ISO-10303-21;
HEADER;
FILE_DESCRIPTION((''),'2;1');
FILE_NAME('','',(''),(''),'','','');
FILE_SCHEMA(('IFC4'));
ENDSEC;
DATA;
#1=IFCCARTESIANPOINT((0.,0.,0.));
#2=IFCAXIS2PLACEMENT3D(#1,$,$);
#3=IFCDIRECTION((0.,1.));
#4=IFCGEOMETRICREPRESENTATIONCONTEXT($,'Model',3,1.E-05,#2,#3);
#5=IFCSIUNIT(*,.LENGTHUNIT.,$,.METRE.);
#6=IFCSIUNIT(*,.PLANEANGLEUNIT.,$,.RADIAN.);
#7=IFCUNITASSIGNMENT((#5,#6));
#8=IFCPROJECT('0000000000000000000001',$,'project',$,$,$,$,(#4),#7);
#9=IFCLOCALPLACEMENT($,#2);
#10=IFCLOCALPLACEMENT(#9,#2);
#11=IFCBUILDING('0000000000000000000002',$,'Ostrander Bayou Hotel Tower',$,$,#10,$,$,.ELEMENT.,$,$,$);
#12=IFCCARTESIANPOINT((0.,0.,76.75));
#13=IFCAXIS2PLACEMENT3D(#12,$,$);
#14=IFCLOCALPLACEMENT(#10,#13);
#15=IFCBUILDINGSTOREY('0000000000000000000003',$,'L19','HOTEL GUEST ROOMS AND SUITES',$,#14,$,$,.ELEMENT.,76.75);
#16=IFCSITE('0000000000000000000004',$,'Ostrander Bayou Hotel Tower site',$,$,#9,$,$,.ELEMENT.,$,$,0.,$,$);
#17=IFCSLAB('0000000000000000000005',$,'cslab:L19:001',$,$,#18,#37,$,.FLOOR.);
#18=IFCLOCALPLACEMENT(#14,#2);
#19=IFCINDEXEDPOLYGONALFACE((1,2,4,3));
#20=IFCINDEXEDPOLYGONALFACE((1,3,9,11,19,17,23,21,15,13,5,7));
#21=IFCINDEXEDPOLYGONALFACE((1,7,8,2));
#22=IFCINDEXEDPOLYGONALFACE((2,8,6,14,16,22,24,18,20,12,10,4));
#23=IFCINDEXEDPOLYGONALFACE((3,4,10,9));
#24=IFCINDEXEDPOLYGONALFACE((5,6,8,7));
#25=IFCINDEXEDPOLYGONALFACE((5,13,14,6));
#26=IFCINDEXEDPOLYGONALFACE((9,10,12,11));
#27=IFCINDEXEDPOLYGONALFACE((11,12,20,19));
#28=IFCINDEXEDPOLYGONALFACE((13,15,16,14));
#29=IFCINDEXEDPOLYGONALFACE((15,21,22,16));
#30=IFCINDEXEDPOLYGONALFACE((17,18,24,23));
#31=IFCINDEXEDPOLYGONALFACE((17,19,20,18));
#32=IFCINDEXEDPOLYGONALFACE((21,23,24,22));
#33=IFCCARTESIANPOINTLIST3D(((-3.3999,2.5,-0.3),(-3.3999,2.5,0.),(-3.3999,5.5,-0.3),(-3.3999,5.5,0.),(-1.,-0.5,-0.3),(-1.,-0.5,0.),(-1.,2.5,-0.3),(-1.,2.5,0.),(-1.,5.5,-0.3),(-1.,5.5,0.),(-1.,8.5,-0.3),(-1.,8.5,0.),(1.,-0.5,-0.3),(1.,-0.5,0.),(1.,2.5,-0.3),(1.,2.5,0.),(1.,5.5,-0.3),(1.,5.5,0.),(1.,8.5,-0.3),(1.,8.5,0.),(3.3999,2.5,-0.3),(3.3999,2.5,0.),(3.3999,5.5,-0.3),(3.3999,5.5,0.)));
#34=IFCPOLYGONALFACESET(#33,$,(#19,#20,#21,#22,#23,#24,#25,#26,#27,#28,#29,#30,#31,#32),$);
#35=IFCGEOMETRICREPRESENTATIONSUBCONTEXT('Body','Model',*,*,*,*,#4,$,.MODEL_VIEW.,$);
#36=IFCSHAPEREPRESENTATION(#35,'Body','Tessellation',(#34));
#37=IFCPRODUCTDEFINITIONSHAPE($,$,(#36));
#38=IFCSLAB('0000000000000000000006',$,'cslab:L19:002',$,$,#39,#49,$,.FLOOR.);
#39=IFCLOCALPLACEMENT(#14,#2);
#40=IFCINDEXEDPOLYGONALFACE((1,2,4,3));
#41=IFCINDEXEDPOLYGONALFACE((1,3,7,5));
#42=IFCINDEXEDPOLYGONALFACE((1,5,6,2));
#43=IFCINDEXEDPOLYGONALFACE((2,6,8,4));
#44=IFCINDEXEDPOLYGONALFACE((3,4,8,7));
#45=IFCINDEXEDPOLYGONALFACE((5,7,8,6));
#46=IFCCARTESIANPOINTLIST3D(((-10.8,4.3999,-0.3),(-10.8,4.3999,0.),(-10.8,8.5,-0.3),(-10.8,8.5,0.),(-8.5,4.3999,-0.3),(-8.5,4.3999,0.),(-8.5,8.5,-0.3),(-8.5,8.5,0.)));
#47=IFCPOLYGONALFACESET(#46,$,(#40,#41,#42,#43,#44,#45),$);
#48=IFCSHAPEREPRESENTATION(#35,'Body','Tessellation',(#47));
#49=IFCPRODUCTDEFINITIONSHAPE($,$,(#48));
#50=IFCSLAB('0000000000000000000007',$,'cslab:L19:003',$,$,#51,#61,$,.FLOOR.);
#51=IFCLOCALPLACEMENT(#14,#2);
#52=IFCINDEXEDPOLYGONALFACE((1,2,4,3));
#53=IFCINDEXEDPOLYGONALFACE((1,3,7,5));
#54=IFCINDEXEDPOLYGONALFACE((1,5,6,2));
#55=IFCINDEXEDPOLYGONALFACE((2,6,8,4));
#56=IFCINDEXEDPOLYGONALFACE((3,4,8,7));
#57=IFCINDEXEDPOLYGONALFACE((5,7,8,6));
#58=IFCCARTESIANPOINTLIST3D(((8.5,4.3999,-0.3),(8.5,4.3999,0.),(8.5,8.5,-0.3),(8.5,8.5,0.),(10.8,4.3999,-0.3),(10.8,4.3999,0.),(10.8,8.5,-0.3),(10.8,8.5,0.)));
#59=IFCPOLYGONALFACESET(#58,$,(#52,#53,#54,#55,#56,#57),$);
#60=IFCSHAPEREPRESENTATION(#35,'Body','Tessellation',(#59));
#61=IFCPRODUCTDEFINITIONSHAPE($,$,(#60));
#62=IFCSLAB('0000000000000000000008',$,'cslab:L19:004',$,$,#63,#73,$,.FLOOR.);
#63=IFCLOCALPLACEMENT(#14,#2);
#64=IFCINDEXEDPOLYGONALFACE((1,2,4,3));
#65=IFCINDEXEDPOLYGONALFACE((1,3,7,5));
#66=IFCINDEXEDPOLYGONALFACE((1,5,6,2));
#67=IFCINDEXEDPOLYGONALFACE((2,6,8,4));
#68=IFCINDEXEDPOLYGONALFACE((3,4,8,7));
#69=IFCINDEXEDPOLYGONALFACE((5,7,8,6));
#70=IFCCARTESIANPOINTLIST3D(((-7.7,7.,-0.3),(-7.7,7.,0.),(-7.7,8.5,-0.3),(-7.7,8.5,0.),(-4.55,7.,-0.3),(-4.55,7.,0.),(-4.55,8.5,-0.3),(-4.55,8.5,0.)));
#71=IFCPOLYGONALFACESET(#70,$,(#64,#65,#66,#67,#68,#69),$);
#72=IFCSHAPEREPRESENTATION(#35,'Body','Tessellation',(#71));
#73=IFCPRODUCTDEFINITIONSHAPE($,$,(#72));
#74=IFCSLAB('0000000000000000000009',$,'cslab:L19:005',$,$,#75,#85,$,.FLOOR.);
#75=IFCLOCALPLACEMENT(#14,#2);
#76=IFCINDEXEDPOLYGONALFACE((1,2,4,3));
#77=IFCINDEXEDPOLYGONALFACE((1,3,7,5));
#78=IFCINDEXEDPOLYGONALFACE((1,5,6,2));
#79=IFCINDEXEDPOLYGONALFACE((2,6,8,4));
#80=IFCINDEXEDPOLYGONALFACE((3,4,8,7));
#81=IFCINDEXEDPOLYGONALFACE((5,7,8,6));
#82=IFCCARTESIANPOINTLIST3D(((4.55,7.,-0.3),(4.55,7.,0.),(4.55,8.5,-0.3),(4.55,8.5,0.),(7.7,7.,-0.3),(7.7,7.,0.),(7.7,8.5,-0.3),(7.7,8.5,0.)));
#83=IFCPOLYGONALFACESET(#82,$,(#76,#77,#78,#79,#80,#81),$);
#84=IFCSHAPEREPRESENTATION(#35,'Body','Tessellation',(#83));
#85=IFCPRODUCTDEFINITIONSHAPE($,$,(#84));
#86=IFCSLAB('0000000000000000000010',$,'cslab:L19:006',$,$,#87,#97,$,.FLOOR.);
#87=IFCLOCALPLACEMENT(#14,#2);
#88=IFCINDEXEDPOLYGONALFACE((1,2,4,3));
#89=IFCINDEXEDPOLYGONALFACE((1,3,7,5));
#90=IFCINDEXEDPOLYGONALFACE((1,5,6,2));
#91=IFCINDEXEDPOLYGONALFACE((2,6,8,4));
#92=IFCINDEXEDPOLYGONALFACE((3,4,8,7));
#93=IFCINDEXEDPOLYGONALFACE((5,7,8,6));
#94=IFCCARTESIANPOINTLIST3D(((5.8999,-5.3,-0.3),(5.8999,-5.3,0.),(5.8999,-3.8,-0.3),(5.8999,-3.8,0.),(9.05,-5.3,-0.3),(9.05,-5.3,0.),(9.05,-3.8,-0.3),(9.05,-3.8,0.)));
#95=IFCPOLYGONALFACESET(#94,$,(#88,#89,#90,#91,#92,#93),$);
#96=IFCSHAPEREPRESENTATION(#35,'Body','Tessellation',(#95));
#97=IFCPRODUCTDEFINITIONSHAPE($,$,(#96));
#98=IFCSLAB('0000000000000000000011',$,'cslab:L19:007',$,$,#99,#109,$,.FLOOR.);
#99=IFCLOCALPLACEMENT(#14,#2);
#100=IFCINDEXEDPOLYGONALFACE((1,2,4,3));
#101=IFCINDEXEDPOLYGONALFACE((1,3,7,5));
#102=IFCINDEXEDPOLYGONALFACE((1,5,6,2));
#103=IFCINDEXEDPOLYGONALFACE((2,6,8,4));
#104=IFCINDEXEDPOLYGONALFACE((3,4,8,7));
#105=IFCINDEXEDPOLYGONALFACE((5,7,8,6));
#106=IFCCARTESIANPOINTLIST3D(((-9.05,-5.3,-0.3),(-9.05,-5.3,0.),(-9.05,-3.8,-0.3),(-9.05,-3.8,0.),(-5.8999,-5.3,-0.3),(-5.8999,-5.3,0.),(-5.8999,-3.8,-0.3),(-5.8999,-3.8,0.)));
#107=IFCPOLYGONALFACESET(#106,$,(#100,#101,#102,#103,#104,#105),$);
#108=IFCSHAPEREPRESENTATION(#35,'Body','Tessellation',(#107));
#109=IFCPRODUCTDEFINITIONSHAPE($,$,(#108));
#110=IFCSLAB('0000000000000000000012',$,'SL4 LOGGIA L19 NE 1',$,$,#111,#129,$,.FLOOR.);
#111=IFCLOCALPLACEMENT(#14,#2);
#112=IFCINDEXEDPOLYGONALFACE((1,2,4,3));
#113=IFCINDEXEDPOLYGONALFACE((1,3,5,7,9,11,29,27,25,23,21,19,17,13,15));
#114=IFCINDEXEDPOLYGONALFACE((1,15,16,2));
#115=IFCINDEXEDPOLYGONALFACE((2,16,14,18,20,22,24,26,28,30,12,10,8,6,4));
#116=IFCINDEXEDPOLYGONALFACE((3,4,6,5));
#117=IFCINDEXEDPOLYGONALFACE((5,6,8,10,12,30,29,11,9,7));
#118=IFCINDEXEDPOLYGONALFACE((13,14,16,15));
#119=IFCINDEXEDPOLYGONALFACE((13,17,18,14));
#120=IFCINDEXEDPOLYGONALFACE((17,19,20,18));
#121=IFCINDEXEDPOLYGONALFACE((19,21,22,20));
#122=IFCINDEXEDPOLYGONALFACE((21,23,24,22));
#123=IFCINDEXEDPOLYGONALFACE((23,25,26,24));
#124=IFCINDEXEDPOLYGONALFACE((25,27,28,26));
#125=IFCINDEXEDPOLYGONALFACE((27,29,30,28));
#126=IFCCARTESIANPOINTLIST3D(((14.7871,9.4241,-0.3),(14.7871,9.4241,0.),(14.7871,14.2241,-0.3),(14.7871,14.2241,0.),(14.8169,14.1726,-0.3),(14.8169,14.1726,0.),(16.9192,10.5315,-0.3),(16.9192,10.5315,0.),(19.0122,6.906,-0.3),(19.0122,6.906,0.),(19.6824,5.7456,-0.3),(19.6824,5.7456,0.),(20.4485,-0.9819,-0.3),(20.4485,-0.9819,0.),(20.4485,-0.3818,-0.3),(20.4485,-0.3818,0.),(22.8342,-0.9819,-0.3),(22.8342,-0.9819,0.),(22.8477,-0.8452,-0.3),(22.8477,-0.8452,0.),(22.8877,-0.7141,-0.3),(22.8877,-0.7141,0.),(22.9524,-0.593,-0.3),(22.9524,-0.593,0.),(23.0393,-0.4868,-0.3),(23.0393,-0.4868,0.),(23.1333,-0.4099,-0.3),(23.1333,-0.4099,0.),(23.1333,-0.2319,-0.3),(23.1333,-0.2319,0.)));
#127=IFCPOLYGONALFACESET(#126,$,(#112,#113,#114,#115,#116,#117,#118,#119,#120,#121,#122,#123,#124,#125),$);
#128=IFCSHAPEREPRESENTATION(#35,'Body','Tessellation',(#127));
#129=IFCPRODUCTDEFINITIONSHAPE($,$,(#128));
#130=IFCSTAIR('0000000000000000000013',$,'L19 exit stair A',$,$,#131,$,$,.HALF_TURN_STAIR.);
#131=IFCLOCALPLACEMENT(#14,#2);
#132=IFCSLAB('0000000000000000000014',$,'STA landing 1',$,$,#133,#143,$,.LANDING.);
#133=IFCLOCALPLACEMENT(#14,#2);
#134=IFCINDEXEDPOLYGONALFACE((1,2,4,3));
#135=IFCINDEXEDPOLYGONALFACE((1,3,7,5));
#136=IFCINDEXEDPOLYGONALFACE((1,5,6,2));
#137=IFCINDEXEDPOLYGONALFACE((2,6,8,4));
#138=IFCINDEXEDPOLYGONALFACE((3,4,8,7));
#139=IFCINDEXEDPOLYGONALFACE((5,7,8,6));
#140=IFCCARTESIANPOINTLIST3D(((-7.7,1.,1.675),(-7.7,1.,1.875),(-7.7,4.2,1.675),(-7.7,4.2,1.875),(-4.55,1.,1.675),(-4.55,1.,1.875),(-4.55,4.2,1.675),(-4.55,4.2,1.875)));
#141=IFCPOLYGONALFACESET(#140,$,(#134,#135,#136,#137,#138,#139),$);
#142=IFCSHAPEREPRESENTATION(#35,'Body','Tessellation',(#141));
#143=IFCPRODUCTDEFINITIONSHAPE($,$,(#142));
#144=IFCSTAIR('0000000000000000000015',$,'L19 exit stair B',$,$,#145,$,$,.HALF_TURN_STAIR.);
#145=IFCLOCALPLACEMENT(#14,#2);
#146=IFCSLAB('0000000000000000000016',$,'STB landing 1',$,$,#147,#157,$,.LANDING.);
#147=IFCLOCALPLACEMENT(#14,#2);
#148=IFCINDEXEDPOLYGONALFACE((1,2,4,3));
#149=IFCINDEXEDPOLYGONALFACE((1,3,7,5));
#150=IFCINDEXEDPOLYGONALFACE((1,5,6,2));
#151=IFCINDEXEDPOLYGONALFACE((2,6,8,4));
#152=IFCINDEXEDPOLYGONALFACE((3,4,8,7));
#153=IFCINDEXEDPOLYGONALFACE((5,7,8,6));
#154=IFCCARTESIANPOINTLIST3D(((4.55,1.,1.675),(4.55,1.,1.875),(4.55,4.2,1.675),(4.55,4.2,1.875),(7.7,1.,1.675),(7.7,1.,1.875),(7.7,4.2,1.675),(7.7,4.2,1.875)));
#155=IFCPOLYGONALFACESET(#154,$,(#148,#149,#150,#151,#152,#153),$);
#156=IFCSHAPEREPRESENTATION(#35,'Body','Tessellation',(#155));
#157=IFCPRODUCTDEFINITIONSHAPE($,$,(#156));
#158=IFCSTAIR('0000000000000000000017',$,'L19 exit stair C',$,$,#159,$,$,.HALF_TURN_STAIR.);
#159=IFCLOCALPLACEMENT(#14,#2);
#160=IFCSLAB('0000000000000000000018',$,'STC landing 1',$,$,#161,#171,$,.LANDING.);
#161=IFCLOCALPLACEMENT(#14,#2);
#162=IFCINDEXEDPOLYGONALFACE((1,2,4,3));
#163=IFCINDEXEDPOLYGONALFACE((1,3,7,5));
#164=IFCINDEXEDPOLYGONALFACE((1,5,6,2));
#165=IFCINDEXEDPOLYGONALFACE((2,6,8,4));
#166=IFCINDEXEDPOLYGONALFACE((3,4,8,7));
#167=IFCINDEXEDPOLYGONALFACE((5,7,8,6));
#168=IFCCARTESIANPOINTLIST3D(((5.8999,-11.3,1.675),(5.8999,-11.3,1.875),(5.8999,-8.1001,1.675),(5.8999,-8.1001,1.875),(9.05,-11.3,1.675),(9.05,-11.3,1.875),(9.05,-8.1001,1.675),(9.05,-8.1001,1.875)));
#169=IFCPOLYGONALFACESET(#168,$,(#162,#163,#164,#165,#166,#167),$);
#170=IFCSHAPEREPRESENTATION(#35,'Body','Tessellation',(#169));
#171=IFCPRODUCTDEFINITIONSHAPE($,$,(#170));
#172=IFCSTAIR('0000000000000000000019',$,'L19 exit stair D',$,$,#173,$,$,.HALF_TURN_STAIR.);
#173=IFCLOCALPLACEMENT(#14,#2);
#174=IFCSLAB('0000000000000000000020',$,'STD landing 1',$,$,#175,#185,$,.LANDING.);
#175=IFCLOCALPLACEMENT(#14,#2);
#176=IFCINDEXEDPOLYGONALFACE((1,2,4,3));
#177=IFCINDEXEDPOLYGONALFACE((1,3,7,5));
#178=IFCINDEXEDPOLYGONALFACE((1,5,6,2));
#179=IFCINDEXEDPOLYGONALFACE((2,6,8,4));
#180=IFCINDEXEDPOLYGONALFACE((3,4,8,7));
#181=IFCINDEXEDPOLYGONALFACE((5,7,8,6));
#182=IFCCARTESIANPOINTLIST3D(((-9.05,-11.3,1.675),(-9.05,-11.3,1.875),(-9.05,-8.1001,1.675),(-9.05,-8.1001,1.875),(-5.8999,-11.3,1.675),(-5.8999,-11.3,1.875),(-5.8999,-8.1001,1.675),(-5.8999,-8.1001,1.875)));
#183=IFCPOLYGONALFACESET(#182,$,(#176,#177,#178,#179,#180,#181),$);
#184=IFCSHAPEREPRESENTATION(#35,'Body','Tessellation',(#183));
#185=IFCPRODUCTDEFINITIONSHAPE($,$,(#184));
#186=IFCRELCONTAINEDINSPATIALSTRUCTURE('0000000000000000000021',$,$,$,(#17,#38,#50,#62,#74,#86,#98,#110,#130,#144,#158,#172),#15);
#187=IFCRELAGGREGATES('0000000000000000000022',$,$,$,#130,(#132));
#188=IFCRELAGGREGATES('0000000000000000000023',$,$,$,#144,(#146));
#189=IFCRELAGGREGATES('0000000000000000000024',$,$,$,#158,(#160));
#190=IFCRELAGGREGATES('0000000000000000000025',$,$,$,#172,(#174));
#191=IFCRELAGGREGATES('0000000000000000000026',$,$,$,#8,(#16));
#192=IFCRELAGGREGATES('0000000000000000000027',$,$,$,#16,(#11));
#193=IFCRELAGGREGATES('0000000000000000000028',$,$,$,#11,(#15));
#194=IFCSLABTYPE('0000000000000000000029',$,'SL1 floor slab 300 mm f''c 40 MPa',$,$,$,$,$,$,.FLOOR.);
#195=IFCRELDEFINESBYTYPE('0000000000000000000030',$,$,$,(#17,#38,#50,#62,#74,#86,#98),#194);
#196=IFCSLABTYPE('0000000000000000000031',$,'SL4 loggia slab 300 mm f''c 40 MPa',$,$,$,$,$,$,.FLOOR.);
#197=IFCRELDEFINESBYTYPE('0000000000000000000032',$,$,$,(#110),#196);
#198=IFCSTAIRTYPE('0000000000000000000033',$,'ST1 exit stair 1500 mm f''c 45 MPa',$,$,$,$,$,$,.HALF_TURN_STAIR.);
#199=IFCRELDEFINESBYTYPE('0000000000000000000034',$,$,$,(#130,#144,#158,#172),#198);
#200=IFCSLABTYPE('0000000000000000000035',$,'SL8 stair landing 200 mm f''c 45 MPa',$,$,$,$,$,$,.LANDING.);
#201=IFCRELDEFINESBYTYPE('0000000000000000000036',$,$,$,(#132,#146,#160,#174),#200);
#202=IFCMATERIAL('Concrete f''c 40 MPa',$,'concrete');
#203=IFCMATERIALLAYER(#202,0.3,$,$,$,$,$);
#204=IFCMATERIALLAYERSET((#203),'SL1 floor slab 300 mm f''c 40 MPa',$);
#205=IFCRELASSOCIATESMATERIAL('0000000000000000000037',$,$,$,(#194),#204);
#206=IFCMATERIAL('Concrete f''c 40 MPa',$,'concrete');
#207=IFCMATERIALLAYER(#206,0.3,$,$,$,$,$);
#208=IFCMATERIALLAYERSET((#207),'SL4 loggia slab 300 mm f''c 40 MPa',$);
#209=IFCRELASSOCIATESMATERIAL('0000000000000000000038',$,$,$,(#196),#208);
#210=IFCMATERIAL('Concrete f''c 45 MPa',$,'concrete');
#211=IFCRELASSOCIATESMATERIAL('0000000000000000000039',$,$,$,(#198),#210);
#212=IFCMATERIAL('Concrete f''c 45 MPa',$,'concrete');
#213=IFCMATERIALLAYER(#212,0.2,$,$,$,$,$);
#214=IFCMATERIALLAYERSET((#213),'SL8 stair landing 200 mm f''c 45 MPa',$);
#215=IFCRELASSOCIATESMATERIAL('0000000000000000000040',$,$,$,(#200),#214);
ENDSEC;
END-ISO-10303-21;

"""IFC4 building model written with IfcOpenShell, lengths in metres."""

from ifc_helpers import new_model, si_unit, direction, frame, origin, place, context, subcontext, project, spatial, polyline, outline, extrude, material, layer, layer_set, type_object, element, aggregate, save


model = new_model("IFC4")

# Units and contexts
model_context = context("Model", 3, precision=1e-05, world=origin(), true_north=direction((0.0, 1.0)))
body_context = subcontext(model_context, "Body", "Model", "MODEL_VIEW")
ifc_project = project(units=[si_unit("LENGTHUNIT", "METRE"), si_unit("PLANEANGLEUNIT", "RADIAN")], contexts=[model_context])

# Site, building, storey
site_placement = place(None, origin())
site = spatial("IfcSite", under=ifc_project, at=site_placement, Name="Ostrander Bayou Hotel Tower site", CompositionType="ELEMENT", RefElevation=0.0)
building_placement = place(site_placement, origin())
building = spatial("IfcBuilding", under=site, at=building_placement, Name="Ostrander Bayou Hotel Tower", CompositionType="ELEMENT")
storey_placement = place(building_placement, frame((0.0, 0.0, 76.75)))
storey = spatial("IfcBuildingStorey", under=building, at=storey_placement, Name="L19", Description="HOTEL GUEST ROOMS AND SUITES", CompositionType="ELEMENT", Elevation=76.75)

# Slabs
ifc_material_1 = material(Name="Concrete f'c 40 MPa", Category="concrete")
ifc_layer_1 = layer(ifc_material_1, 0.3)
ifc_layer_set_1 = layer_set([ifc_layer_1], Name="SL1 floor slab 300 mm f'c 40 MPa")
slab_type_1 = type_object("IfcSlabType", Name="SL1 floor slab 300 mm f'c 40 MPa", PredefinedType="FLOOR", material=ifc_layer_set_1)
slab_1_placement = place(storey_placement, frame((0.0, 0.0, -0.3)))
element("IfcSlab", 1, at=slab_1_placement, inside=storey, type_object=slab_type_1, Name="cslab:L19:001", PredefinedType="FLOOR", context=body_context, shape_type="SweptSolid", body=[
    extrude(outline(polyline([(-3.3999, 5.5), (-1.0, 5.5), (-1.0, 8.5), (1.0, 8.5), (1.0, 5.5), (3.3999, 5.5), (3.3999, 2.5), (1.0, 2.5), (1.0, -0.5), (-1.0, -0.5), (-1.0, 2.5), (-3.3999, 2.5), (-3.3999, 5.5)])), origin(), (0.0, 0.0, 1.0), 0.3),
])
slab_2_placement = place(storey_placement, frame((0.0, 0.0, -0.3)))
element("IfcSlab", 2, at=slab_2_placement, inside=storey, type_object=slab_type_1, Name="cslab:L19:002", PredefinedType="FLOOR", context=body_context, shape_type="SweptSolid", body=[
    extrude(outline(polyline([(-8.5, 4.3999), (-8.5, 8.5), (-10.8, 8.5), (-10.8, 4.3999), (-8.5, 4.3999)])), origin(), (0.0, 0.0, 1.0), 0.3),
])
slab_3_placement = place(storey_placement, frame((0.0, 0.0, -0.3)))
element("IfcSlab", 3, at=slab_3_placement, inside=storey, type_object=slab_type_1, Name="cslab:L19:003", PredefinedType="FLOOR", context=body_context, shape_type="SweptSolid", body=[
    extrude(outline(polyline([(10.8, 4.3999), (10.8, 8.5), (8.5, 8.5), (8.5, 4.3999), (10.8, 4.3999)])), origin(), (0.0, 0.0, 1.0), 0.3),
])
slab_4_placement = place(storey_placement, frame((0.0, 0.0, -0.3)))
element("IfcSlab", 4, at=slab_4_placement, inside=storey, type_object=slab_type_1, Name="cslab:L19:004", PredefinedType="FLOOR", context=body_context, shape_type="SweptSolid", body=[
    extrude(outline(polyline([(-4.55, 7.0), (-4.55, 8.5), (-7.7, 8.5), (-7.7, 7.0), (-4.55, 7.0)])), origin(), (0.0, 0.0, 1.0), 0.3),
])
slab_5_placement = place(storey_placement, frame((0.0, 0.0, -0.3)))
element("IfcSlab", 5, at=slab_5_placement, inside=storey, type_object=slab_type_1, Name="cslab:L19:005", PredefinedType="FLOOR", context=body_context, shape_type="SweptSolid", body=[
    extrude(outline(polyline([(7.7, 7.0), (7.7, 8.5), (4.55, 8.5), (4.55, 7.0), (7.7, 7.0)])), origin(), (0.0, 0.0, 1.0), 0.3),
])
slab_6_placement = place(storey_placement, frame((0.0, 0.0, -0.3)))
element("IfcSlab", 6, at=slab_6_placement, inside=storey, type_object=slab_type_1, Name="cslab:L19:006", PredefinedType="FLOOR", context=body_context, shape_type="SweptSolid", body=[
    extrude(outline(polyline([(9.05, -5.3), (9.05, -3.8), (5.8999, -3.8), (5.8999, -5.3), (9.05, -5.3)])), origin(), (0.0, 0.0, 1.0), 0.3),
])
slab_7_placement = place(storey_placement, frame((0.0, 0.0, -0.3)))
element("IfcSlab", 7, at=slab_7_placement, inside=storey, type_object=slab_type_1, Name="cslab:L19:007", PredefinedType="FLOOR", context=body_context, shape_type="SweptSolid", body=[
    extrude(outline(polyline([(-5.8999, -5.3), (-5.8999, -3.8), (-9.05, -3.8), (-9.05, -5.3), (-5.8999, -5.3)])), origin(), (0.0, 0.0, 1.0), 0.3),
])
ifc_material_2 = material(Name="Concrete f'c 40 MPa", Category="concrete")
ifc_layer_2 = layer(ifc_material_2, 0.3)
ifc_layer_set_2 = layer_set([ifc_layer_2], Name="SL4 loggia slab 300 mm f'c 40 MPa")
slab_type_2 = type_object("IfcSlabType", Name="SL4 loggia slab 300 mm f'c 40 MPa", PredefinedType="FLOOR", material=ifc_layer_set_2)
slab_8_placement = place(storey_placement, frame((0.0, 0.0, -0.3)))
element("IfcSlab", 8, at=slab_8_placement, inside=storey, type_object=slab_type_2, Name="SL4 LOGGIA L19 NE 1", PredefinedType="FLOOR", context=body_context, shape_type="SweptSolid", body=[
    extrude(outline(polyline([(14.7871, 14.2241), (14.8169, 14.1726), (16.9192, 10.5315), (19.0122, 6.906), (19.6824, 5.7456), (23.1333, -0.2319), (23.1333, -0.4099), (23.0393, -0.4868), (22.9524, -0.593), (22.8877, -0.7141), (22.8477, -0.8452), (22.8342, -0.9819), (20.4485, -0.9819), (20.4485, -0.3818), (14.7871, 9.4241), (14.7871, 14.2241)])), origin(), (0.0, 0.0, 1.0), 0.3),
])

# Stairs, slabs
ifc_material_3 = material(Name="Concrete f'c 45 MPa", Category="concrete")
stair_type = type_object("IfcStairType", Name="ST1 exit stair 1500 mm f'c 45 MPa", PredefinedType="HALF_TURN_STAIR", material=ifc_material_3)
stair_1_placement = place(storey_placement, origin())
stair_1 = element("IfcStair", 9, at=stair_1_placement, inside=storey, type_object=stair_type, Name="L19 exit stair A", PredefinedType="HALF_TURN_STAIR")
ifc_material_4 = material(Name="Concrete f'c 45 MPa", Category="concrete")
ifc_layer_3 = layer(ifc_material_4, 0.2)
ifc_layer_set_3 = layer_set([ifc_layer_3], Name="SL8 stair landing 200 mm f'c 45 MPa")
slab_type_3 = type_object("IfcSlabType", Name="SL8 stair landing 200 mm f'c 45 MPa", PredefinedType="LANDING", material=ifc_layer_set_3)
slab_9_placement = place(storey_placement, frame((0.0, 0.0, 1.675)))
slab_9 = element("IfcSlab", 10, at=slab_9_placement, type_object=slab_type_3, Name="STA landing 1", PredefinedType="LANDING", context=body_context, shape_type="SweptSolid", body=[
    extrude(outline(polyline([(-7.7, 4.2), (-7.7, 1.0), (-4.55, 1.0), (-4.55, 4.2), (-7.7, 4.2)])), origin(), (0.0, 0.0, 1.0), 0.2),
])
aggregate(stair_1, [slab_9])
stair_2_placement = place(storey_placement, origin())
stair_2 = element("IfcStair", 11, at=stair_2_placement, inside=storey, type_object=stair_type, Name="L19 exit stair B", PredefinedType="HALF_TURN_STAIR")
slab_10_placement = place(storey_placement, frame((0.0, 0.0, 1.675)))
slab_10 = element("IfcSlab", 12, at=slab_10_placement, type_object=slab_type_3, Name="STB landing 1", PredefinedType="LANDING", context=body_context, shape_type="SweptSolid", body=[
    extrude(outline(polyline([(4.55, 4.2), (4.55, 1.0), (7.7, 1.0), (7.7, 4.2), (4.55, 4.2)])), origin(), (0.0, 0.0, 1.0), 0.2),
])
aggregate(stair_2, [slab_10])
stair_3_placement = place(storey_placement, origin())
stair_3 = element("IfcStair", 13, at=stair_3_placement, inside=storey, type_object=stair_type, Name="L19 exit stair C", PredefinedType="HALF_TURN_STAIR")
slab_11_placement = place(storey_placement, frame((0.0, 0.0, 1.675)))
slab_11 = element("IfcSlab", 14, at=slab_11_placement, type_object=slab_type_3, Name="STC landing 1", PredefinedType="LANDING", context=body_context, shape_type="SweptSolid", body=[
    extrude(outline(polyline([(5.8999, -8.1001), (5.8999, -11.3), (9.05, -11.3), (9.05, -8.1001), (5.8999, -8.1001)])), origin(), (0.0, 0.0, 1.0), 0.2),
])
aggregate(stair_3, [slab_11])
stair_4_placement = place(storey_placement, origin())
stair_4 = element("IfcStair", 15, at=stair_4_placement, inside=storey, type_object=stair_type, Name="L19 exit stair D", PredefinedType="HALF_TURN_STAIR")
slab_12_placement = place(storey_placement, frame((0.0, 0.0, 1.675)))
slab_12 = element("IfcSlab", 16, at=slab_12_placement, type_object=slab_type_3, Name="STD landing 1", PredefinedType="LANDING", context=body_context, shape_type="SweptSolid", body=[
    extrude(outline(polyline([(-9.05, -8.1001), (-9.05, -11.3), (-5.8999, -11.3), (-5.8999, -8.1001), (-9.05, -8.1001)])), origin(), (0.0, 0.0, 1.0), 0.2),
])
aggregate(stair_4, [slab_12])

save(model, "model.ifc")
